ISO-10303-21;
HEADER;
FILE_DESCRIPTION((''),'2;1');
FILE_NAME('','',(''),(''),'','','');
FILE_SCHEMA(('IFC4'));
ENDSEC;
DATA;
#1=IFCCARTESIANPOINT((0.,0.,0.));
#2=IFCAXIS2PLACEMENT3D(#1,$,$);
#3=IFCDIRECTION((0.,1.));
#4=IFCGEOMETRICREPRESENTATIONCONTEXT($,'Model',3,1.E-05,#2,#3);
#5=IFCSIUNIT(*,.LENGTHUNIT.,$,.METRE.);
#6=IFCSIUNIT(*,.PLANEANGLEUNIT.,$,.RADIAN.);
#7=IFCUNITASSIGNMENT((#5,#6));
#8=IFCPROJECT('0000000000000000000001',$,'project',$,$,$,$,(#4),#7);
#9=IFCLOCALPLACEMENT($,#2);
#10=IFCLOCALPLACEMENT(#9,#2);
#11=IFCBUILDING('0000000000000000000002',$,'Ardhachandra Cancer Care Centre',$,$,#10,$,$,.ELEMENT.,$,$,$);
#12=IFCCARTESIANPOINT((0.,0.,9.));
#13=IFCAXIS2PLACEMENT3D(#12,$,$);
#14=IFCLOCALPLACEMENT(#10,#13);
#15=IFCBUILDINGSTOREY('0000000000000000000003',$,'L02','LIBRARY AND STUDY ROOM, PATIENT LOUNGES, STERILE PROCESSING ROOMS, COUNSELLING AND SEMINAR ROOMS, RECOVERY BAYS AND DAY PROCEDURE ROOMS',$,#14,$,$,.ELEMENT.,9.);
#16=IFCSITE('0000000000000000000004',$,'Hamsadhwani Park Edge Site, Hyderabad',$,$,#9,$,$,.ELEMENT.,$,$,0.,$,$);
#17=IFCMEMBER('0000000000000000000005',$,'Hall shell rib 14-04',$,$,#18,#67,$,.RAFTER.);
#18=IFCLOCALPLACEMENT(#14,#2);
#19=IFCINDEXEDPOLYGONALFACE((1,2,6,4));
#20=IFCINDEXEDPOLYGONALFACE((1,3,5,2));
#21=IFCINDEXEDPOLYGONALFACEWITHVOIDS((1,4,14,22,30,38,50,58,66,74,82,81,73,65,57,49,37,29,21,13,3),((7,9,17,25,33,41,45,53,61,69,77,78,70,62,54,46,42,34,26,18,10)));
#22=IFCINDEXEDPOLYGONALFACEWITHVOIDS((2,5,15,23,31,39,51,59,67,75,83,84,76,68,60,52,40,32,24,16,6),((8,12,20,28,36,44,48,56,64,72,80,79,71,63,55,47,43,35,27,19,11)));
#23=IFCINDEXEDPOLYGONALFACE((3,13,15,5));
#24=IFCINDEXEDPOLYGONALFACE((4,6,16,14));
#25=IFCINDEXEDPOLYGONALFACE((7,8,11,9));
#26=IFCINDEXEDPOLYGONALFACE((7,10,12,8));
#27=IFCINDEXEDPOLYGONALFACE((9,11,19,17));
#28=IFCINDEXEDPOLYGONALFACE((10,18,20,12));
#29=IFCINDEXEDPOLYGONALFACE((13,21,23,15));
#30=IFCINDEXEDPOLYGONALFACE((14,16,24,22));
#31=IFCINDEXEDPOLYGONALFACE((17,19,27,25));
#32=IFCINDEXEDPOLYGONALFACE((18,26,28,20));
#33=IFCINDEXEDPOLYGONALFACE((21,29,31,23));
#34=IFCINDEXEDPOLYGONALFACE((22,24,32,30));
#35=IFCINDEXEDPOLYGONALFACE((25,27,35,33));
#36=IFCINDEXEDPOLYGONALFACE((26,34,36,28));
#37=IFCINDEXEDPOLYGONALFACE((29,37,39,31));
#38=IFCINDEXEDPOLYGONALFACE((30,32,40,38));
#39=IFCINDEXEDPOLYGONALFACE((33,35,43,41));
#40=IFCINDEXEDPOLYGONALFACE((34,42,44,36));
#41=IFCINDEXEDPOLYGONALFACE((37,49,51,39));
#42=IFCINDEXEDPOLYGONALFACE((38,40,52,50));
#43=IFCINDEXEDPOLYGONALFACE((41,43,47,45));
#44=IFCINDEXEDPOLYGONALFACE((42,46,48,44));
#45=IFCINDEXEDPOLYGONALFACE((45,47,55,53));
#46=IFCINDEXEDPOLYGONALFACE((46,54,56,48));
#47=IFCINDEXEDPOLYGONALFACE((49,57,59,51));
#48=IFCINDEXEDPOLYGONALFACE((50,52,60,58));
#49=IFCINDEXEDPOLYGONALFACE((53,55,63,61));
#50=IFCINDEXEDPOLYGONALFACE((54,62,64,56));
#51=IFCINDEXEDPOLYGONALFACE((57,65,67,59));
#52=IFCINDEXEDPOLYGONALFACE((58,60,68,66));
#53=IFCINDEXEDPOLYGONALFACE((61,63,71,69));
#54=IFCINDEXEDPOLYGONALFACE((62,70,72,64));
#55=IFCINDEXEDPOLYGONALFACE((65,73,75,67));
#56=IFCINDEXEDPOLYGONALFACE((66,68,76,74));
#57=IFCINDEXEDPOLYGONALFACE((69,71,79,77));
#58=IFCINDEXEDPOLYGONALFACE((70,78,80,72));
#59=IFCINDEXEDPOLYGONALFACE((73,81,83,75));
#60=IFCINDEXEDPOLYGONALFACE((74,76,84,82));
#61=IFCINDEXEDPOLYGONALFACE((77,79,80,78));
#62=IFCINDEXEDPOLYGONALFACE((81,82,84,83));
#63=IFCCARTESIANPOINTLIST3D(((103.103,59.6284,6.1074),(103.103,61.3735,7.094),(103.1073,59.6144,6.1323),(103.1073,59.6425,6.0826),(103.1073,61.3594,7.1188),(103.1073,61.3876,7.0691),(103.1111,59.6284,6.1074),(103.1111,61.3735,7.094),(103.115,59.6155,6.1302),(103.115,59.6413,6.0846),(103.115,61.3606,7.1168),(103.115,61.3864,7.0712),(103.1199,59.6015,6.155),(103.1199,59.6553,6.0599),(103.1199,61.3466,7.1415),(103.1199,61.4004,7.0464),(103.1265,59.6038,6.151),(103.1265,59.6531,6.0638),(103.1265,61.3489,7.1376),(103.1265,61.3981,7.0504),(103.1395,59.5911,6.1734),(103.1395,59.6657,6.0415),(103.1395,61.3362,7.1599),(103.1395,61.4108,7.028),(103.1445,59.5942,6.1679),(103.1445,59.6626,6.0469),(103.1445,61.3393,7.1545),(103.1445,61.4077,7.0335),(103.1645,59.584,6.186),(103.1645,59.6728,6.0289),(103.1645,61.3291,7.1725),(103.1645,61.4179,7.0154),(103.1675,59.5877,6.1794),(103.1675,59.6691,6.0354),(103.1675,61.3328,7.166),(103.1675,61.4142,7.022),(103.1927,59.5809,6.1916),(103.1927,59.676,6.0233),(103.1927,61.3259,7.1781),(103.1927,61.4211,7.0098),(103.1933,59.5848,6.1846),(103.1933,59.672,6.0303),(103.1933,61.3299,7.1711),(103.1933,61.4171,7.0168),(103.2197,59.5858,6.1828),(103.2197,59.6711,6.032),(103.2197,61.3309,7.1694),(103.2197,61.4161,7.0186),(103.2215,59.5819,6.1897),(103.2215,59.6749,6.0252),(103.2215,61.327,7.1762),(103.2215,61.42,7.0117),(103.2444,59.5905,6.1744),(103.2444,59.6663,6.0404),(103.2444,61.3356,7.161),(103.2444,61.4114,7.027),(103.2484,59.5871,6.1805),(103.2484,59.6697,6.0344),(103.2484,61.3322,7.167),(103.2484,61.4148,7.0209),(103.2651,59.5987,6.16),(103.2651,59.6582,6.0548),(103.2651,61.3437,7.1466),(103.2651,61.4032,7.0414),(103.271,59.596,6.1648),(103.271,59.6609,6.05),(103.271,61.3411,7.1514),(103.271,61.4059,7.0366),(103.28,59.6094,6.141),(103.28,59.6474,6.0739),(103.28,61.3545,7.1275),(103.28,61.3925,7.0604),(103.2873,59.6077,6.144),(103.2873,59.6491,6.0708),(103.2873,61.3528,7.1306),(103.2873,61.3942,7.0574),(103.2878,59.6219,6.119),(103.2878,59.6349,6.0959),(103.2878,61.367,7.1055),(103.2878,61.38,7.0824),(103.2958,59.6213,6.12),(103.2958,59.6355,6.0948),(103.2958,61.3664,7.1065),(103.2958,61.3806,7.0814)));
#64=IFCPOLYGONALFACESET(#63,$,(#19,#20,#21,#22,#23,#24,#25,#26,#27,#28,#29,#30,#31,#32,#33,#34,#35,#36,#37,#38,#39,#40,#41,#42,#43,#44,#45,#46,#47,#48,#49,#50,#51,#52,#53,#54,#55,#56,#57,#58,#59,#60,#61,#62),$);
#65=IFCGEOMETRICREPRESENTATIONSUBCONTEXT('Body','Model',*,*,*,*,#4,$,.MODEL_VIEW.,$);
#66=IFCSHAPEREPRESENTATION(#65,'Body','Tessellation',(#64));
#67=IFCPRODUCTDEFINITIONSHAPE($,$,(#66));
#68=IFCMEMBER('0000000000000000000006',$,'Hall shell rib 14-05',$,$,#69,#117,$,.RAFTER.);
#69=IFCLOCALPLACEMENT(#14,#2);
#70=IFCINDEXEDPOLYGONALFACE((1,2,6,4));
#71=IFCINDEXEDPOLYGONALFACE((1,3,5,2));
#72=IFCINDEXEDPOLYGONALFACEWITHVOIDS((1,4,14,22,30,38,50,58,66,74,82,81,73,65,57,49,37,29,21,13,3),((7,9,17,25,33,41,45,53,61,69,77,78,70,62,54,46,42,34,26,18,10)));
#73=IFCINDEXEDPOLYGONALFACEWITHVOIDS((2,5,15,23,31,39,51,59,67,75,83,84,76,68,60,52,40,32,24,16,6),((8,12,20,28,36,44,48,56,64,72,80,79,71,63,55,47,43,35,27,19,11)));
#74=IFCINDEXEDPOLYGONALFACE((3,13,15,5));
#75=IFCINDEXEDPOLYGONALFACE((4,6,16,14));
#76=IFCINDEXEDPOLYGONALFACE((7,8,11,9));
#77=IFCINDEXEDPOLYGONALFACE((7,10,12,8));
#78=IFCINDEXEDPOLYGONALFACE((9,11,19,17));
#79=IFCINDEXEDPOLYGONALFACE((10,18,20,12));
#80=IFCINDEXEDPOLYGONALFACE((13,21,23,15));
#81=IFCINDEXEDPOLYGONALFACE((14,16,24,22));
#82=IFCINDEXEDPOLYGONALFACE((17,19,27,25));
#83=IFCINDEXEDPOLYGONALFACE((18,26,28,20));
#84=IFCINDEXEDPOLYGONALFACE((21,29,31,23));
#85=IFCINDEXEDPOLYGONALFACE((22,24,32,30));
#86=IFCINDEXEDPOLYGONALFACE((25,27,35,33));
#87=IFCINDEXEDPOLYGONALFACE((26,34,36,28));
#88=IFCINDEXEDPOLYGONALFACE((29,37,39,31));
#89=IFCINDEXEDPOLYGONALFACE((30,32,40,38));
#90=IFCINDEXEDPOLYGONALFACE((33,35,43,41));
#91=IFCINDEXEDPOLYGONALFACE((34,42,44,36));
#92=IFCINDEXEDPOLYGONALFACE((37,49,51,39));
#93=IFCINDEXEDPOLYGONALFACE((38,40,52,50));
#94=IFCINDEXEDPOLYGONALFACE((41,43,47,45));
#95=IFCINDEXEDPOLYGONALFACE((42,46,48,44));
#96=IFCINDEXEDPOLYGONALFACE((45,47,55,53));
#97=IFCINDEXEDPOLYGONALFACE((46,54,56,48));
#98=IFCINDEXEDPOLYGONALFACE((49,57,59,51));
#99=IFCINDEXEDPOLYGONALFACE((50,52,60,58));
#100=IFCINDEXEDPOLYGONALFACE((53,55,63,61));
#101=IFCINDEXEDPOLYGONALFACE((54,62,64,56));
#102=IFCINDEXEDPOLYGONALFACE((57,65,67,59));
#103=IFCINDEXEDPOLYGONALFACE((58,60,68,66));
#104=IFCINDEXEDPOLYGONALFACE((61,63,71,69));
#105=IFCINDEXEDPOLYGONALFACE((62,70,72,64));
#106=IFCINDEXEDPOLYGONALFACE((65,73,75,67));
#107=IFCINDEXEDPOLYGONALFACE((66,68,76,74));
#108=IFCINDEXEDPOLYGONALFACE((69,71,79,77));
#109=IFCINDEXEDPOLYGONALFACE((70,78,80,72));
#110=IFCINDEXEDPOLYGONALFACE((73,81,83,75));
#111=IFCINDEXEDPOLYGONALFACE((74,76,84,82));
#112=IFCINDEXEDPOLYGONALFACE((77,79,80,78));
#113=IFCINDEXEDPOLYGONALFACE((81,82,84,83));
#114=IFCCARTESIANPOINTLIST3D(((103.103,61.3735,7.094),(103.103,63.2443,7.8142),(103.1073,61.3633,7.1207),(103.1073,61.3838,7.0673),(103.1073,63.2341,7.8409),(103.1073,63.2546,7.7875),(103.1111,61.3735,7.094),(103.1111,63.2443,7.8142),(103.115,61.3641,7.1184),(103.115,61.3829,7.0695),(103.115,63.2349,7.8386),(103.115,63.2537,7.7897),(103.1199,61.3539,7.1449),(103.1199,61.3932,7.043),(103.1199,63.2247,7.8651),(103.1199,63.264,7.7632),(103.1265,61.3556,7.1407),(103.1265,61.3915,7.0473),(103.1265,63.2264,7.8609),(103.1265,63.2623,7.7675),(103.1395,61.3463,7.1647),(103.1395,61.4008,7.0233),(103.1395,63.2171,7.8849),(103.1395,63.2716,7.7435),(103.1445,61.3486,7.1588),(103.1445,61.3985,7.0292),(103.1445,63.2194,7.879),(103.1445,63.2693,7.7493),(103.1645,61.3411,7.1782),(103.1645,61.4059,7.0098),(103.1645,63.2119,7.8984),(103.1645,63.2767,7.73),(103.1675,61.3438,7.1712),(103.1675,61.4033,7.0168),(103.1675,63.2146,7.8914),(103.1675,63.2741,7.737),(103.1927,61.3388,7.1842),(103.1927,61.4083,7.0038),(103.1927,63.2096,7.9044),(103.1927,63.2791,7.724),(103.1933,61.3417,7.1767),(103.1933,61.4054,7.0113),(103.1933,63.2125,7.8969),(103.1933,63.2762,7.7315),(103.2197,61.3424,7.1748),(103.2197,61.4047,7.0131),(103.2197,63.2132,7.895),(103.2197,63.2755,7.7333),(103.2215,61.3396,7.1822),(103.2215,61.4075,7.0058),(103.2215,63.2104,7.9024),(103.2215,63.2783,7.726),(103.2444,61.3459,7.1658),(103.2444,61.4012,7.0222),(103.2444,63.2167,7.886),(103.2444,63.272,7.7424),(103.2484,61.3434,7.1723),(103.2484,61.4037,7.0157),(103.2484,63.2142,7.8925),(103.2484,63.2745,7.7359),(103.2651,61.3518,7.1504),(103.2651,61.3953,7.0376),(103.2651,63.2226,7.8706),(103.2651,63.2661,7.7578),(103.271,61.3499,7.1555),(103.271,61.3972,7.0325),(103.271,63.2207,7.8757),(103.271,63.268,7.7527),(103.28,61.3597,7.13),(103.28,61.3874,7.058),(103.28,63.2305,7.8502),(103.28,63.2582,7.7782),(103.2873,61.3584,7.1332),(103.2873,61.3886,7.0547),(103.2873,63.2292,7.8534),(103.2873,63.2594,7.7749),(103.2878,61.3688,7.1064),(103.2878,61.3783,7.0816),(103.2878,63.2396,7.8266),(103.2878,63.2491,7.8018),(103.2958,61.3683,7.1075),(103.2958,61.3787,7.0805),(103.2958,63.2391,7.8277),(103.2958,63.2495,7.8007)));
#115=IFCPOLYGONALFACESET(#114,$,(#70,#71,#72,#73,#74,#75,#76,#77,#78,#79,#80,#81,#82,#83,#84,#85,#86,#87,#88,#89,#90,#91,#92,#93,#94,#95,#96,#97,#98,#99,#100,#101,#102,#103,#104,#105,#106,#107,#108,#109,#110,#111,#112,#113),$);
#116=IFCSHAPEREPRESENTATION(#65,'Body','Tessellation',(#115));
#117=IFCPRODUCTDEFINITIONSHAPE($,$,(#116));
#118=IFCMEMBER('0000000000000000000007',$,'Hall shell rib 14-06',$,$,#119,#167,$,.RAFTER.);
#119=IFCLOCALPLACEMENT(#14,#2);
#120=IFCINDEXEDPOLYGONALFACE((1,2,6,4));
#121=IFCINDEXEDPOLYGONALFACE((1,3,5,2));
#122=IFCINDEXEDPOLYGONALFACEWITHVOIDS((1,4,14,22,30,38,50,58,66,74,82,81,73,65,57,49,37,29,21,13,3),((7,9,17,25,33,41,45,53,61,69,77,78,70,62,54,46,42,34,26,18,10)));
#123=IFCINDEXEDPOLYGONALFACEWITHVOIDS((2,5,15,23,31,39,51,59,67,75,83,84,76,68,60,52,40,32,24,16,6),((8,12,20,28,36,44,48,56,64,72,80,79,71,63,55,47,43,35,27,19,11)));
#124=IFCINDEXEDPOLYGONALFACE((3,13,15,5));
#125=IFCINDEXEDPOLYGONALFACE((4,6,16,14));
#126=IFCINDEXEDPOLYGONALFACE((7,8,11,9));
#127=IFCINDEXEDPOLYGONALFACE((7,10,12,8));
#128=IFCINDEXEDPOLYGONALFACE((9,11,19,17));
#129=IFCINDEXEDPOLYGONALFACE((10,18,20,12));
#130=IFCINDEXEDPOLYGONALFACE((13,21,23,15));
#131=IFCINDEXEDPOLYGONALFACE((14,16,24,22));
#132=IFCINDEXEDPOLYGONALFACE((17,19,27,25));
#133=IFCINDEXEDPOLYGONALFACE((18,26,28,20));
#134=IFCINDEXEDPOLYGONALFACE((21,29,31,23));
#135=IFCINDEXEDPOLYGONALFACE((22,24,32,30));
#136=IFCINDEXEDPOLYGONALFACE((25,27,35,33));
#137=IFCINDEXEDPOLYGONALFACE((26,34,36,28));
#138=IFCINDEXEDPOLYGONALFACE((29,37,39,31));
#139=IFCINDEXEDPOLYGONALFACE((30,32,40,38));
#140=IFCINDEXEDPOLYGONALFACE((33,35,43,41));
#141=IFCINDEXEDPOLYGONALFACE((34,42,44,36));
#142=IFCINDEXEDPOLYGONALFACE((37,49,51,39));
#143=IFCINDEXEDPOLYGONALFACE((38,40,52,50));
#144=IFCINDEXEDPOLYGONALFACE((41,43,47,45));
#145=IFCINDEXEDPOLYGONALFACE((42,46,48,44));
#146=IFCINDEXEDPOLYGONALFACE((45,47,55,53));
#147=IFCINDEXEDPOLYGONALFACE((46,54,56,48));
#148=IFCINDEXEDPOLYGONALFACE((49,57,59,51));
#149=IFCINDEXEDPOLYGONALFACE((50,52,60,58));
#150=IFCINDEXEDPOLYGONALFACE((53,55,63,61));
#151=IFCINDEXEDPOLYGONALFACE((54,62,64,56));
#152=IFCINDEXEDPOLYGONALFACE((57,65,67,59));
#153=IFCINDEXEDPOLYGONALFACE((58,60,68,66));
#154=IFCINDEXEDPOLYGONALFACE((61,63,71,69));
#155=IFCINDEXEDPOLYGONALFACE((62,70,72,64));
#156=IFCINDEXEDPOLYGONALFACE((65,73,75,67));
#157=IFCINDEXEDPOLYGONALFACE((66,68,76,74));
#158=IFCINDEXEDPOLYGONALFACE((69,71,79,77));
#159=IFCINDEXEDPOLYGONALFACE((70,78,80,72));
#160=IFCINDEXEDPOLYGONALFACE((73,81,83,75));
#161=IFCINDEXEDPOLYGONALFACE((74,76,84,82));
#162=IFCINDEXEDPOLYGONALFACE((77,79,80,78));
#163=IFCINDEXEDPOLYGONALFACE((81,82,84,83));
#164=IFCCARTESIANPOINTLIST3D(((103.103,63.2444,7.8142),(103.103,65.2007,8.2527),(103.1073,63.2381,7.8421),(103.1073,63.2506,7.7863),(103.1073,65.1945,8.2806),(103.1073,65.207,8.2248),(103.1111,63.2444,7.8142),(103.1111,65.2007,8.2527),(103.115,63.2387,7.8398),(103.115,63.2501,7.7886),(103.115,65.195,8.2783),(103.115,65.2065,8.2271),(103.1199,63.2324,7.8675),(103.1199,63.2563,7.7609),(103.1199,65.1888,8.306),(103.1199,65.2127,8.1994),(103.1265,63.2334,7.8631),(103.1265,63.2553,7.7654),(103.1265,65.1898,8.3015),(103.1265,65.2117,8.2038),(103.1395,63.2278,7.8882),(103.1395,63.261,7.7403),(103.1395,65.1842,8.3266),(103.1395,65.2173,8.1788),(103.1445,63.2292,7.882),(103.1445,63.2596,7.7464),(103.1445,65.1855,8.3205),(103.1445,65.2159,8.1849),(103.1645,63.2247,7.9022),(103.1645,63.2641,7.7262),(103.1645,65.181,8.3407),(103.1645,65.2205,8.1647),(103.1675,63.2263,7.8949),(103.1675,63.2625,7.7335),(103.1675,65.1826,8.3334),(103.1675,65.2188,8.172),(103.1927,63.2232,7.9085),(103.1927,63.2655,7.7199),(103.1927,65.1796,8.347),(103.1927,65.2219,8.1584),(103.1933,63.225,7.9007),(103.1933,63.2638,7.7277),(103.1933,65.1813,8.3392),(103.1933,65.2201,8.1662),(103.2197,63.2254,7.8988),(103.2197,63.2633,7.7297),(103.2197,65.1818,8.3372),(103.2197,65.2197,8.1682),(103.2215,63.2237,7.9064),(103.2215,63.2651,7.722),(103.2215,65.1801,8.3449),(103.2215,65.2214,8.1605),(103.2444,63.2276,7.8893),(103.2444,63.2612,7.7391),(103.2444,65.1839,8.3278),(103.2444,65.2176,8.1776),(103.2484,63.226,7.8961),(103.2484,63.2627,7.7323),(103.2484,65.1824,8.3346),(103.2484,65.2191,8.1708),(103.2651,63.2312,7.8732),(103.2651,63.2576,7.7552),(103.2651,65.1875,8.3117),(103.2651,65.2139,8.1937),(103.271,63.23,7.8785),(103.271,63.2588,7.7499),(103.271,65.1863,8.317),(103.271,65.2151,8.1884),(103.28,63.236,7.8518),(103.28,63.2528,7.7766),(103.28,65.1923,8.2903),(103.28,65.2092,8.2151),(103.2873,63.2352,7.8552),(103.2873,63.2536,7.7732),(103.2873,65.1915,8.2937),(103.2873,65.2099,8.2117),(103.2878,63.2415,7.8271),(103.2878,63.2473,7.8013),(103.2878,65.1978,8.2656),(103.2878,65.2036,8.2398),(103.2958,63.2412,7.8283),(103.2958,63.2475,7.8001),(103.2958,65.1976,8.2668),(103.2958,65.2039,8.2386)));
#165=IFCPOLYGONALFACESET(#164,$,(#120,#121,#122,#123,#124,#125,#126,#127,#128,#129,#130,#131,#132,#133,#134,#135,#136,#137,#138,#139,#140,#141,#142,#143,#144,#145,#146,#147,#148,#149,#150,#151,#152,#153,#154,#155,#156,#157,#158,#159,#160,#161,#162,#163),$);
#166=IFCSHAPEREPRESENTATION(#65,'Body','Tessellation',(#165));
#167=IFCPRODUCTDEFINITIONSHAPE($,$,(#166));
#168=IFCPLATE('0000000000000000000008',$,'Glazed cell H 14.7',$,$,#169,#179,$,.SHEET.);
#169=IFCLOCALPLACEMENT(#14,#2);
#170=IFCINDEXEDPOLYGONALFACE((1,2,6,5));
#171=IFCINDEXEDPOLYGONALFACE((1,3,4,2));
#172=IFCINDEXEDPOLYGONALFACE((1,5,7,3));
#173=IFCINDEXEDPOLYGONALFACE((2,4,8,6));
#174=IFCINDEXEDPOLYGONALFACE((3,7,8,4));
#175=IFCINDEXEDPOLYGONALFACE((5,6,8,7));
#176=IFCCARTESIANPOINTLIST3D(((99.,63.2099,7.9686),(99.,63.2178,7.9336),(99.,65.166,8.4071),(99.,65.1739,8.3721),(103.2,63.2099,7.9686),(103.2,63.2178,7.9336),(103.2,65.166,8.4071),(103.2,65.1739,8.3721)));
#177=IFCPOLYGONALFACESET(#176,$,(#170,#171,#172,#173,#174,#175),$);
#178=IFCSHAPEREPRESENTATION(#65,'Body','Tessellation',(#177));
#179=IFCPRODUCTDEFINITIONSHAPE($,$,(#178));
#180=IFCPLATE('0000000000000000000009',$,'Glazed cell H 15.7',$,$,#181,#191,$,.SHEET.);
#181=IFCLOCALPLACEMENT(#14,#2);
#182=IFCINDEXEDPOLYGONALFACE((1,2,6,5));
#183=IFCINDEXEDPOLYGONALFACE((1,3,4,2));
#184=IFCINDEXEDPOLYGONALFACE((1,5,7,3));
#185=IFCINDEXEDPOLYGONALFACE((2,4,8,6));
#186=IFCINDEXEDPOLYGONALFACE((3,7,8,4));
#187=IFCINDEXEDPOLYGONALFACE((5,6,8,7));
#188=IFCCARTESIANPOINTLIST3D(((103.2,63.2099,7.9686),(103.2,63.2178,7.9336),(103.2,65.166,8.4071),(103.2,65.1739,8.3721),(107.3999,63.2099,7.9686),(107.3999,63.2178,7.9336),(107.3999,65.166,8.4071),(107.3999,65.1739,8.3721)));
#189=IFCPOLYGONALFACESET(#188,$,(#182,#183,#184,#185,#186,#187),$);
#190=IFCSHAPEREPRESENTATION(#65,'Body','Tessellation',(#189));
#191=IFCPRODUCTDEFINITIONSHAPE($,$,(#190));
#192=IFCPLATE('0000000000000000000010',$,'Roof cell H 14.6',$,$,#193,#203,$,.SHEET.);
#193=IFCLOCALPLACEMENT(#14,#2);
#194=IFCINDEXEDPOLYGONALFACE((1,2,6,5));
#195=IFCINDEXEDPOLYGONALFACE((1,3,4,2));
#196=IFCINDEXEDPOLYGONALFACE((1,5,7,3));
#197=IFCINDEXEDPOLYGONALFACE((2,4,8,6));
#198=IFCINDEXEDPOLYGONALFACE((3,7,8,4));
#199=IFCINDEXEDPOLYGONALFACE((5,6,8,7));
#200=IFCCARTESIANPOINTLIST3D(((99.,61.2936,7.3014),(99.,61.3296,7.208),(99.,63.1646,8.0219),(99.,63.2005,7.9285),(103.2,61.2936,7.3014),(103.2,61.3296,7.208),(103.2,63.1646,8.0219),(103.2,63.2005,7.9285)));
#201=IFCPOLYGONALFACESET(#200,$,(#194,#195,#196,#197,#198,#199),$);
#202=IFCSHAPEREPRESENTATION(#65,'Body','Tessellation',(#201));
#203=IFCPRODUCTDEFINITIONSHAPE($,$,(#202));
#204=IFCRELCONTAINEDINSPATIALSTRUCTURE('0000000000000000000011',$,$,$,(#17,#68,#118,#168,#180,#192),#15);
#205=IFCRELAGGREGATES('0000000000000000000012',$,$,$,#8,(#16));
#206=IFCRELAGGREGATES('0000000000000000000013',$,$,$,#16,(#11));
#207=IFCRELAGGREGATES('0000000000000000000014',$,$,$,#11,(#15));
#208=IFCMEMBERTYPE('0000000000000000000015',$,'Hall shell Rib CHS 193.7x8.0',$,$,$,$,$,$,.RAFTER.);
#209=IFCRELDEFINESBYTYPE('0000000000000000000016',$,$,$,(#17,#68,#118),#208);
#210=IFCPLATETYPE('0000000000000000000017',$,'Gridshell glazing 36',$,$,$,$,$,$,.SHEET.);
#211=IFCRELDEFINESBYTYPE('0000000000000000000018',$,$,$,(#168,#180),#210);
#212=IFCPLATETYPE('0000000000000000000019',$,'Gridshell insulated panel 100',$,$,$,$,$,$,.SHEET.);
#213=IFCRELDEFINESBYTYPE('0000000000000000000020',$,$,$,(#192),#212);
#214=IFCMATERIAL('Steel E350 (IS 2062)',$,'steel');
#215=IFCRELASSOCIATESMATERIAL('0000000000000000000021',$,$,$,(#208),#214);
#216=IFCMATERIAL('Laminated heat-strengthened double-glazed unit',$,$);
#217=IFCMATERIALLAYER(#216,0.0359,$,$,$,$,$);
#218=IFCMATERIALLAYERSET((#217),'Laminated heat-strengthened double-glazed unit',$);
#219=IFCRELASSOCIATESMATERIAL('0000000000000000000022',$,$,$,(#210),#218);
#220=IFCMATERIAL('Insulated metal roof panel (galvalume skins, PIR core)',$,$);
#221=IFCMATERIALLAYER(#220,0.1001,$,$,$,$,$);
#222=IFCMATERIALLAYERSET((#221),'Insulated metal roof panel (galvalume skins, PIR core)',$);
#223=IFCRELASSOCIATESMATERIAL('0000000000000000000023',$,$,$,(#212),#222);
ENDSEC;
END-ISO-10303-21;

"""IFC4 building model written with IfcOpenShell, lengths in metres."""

from ifc_helpers import new_model, si_unit, direction, frame, origin, origin_2d, place, context, subcontext, project, spatial, polyline, hollow_circle, outline, extrude, material, layer, layer_set, material_profile, profile_set, type_object, element, save


model = new_model("IFC4")

# Units and contexts
model_context = context("Model", 3, precision=1e-05, world=origin(), true_north=direction((0.0, 1.0)))
body_context = subcontext(model_context, "Body", "Model", "MODEL_VIEW")
ifc_project = project(units=[si_unit("LENGTHUNIT", "METRE"), si_unit("PLANEANGLEUNIT", "RADIAN")], contexts=[model_context])

# Site, building, storey
site_placement = place(None, origin())
site = spatial("IfcSite", under=ifc_project, at=site_placement, Name="Hamsadhwani Park Edge Site, Hyderabad", CompositionType="ELEMENT", RefElevation=0.0)
building_placement = place(site_placement, origin())
building = spatial("IfcBuilding", under=site, at=building_placement, Name="Ardhachandra Cancer Care Centre", CompositionType="ELEMENT")
storey_placement = place(building_placement, frame((0.0, 0.0, 9.0)))
storey = spatial("IfcBuildingStorey", under=building, at=storey_placement, Name="L02", Description="LIBRARY AND STUDY ROOM, PATIENT LOUNGES, STERILE PROCESSING ROOMS, COUNSELLING AND SEMINAR ROOMS, RECOVERY BAYS AND DAY PROCEDURE ROOMS", CompositionType="ELEMENT", Elevation=9.0)

# Members
ifc_material_1 = material(Name="Steel E350 (IS 2062)", Category="steel")
ifc_material_profile_1 = material_profile(ifc_material_1, hollow_circle(Radius=0.0969, WallThickness=0.0081, at=origin_2d()), Name="CHS 193.7x8.0")
ifc_profile_set_1 = profile_set([ifc_material_profile_1], Name="Steel E350 (IS 2062)")
member_type_1 = type_object("IfcMemberType", Name="Hall shell Rib CHS 193.7x8.0", PredefinedType="RAFTER", material=ifc_profile_set_1)
for number, where, z_axis, x_axis, name in (
    (1, (103.2, 59.6284, 6.1074), (0.0, 0.87052, 0.492134), (-1.0, 0.0, 0.0), "Hall shell rib 14-04"),
    (2, (103.2, 61.3735, 7.094), (0.0, 0.933236, 0.359265), (-1.0, 0.0, 0.0), "Hall shell rib 14-05"),
):
    element("IfcMember", number, at=place(storey_placement, frame(where, z_axis=z_axis, x_axis=x_axis)), inside=storey, type_object=member_type_1, Name=name, PredefinedType="RAFTER", context=body_context, shape_type="SweptSolid", body=[
        extrude(hollow_circle(Radius=0.0969, WallThickness=0.0081, at=origin_2d()), origin(), (0.0, 0.0, 1.0), 2.0046),
    ])
member_placement = place(storey_placement, frame((103.2, 63.2444, 7.8142), z_axis=(0.0, 0.97579, 0.218709), x_axis=(-1.0, 0.0, 0.0)))
element("IfcMember", 3, at=member_placement, inside=storey, type_object=member_type_1, Name="Hall shell rib 14-06", PredefinedType="RAFTER", context=body_context, shape_type="SweptSolid", body=[
    extrude(hollow_circle(Radius=0.0969, WallThickness=0.0081, at=origin_2d()), origin(), (0.0, 0.0, 1.0), 2.0049),
])

# Plates
ifc_material_2 = material(Name="Laminated heat-strengthened double-glazed unit")
ifc_layer_1 = layer(ifc_material_2, 0.0359)
ifc_layer_set_1 = layer_set([ifc_layer_1], Name="Laminated heat-strengthened double-glazed unit")
plate_type_1 = type_object("IfcPlateType", Name="Gridshell glazing 36", PredefinedType="SHEET", material=ifc_layer_set_1)
for number, where, z_axis, x_axis, name in (
    (4, (99.0, 63.2178, 7.9336), (0.0, -0.218735, 0.975784), (1.0, 0.0, 0.0), "Glazed cell H 14.7"),
    (5, (103.2, 63.2178, 7.9336), (0.0, -0.218735, 0.975784), (1.0, 0.0, 0.0), "Glazed cell H 15.7"),
):
    element("IfcPlate", number, at=place(storey_placement, frame(where, z_axis=z_axis, x_axis=x_axis)), inside=storey, type_object=plate_type_1, Name=name, PredefinedType="SHEET", context=body_context, shape_type="SweptSolid", body=[
        extrude(outline(polyline([(0.0, 0.0), (4.2, 0.0), (4.2, 2.0046), (0.0, 2.0046), (0.0, 0.0)])), origin(), (0.0, 0.0, 1.0), 0.0359),
    ])
ifc_material_3 = material(Name="Insulated metal roof panel (galvalume skins, PIR core)")
ifc_layer_2 = layer(ifc_material_3, 0.1001)
ifc_layer_set_2 = layer_set([ifc_layer_2], Name="Insulated metal roof panel (galvalume skins, PIR core)")
plate_type_2 = type_object("IfcPlateType", Name="Gridshell insulated panel 100", PredefinedType="SHEET", material=ifc_layer_set_2)
for number, where, z_axis, x_axis, name in (
    (6, (99.0, 61.3296, 7.208), (0.0, -0.359371, 0.933195), (1.0, 0.0, 0.0), "Roof cell H 14.6"),
):
    element("IfcPlate", number, at=place(storey_placement, frame(where, z_axis=z_axis, x_axis=x_axis)), inside=storey, type_object=plate_type_2, Name=name, PredefinedType="SHEET", context=body_context, shape_type="SweptSolid", body=[
        extrude(outline(polyline([(0.0, 0.0), (4.2, 0.0), (4.2, 2.0049), (0.0, 2.0049), (0.0, 0.0)])), origin(), (0.0, 0.0, 1.0), 0.1001),
    ])

save(model, "model.ifc")
